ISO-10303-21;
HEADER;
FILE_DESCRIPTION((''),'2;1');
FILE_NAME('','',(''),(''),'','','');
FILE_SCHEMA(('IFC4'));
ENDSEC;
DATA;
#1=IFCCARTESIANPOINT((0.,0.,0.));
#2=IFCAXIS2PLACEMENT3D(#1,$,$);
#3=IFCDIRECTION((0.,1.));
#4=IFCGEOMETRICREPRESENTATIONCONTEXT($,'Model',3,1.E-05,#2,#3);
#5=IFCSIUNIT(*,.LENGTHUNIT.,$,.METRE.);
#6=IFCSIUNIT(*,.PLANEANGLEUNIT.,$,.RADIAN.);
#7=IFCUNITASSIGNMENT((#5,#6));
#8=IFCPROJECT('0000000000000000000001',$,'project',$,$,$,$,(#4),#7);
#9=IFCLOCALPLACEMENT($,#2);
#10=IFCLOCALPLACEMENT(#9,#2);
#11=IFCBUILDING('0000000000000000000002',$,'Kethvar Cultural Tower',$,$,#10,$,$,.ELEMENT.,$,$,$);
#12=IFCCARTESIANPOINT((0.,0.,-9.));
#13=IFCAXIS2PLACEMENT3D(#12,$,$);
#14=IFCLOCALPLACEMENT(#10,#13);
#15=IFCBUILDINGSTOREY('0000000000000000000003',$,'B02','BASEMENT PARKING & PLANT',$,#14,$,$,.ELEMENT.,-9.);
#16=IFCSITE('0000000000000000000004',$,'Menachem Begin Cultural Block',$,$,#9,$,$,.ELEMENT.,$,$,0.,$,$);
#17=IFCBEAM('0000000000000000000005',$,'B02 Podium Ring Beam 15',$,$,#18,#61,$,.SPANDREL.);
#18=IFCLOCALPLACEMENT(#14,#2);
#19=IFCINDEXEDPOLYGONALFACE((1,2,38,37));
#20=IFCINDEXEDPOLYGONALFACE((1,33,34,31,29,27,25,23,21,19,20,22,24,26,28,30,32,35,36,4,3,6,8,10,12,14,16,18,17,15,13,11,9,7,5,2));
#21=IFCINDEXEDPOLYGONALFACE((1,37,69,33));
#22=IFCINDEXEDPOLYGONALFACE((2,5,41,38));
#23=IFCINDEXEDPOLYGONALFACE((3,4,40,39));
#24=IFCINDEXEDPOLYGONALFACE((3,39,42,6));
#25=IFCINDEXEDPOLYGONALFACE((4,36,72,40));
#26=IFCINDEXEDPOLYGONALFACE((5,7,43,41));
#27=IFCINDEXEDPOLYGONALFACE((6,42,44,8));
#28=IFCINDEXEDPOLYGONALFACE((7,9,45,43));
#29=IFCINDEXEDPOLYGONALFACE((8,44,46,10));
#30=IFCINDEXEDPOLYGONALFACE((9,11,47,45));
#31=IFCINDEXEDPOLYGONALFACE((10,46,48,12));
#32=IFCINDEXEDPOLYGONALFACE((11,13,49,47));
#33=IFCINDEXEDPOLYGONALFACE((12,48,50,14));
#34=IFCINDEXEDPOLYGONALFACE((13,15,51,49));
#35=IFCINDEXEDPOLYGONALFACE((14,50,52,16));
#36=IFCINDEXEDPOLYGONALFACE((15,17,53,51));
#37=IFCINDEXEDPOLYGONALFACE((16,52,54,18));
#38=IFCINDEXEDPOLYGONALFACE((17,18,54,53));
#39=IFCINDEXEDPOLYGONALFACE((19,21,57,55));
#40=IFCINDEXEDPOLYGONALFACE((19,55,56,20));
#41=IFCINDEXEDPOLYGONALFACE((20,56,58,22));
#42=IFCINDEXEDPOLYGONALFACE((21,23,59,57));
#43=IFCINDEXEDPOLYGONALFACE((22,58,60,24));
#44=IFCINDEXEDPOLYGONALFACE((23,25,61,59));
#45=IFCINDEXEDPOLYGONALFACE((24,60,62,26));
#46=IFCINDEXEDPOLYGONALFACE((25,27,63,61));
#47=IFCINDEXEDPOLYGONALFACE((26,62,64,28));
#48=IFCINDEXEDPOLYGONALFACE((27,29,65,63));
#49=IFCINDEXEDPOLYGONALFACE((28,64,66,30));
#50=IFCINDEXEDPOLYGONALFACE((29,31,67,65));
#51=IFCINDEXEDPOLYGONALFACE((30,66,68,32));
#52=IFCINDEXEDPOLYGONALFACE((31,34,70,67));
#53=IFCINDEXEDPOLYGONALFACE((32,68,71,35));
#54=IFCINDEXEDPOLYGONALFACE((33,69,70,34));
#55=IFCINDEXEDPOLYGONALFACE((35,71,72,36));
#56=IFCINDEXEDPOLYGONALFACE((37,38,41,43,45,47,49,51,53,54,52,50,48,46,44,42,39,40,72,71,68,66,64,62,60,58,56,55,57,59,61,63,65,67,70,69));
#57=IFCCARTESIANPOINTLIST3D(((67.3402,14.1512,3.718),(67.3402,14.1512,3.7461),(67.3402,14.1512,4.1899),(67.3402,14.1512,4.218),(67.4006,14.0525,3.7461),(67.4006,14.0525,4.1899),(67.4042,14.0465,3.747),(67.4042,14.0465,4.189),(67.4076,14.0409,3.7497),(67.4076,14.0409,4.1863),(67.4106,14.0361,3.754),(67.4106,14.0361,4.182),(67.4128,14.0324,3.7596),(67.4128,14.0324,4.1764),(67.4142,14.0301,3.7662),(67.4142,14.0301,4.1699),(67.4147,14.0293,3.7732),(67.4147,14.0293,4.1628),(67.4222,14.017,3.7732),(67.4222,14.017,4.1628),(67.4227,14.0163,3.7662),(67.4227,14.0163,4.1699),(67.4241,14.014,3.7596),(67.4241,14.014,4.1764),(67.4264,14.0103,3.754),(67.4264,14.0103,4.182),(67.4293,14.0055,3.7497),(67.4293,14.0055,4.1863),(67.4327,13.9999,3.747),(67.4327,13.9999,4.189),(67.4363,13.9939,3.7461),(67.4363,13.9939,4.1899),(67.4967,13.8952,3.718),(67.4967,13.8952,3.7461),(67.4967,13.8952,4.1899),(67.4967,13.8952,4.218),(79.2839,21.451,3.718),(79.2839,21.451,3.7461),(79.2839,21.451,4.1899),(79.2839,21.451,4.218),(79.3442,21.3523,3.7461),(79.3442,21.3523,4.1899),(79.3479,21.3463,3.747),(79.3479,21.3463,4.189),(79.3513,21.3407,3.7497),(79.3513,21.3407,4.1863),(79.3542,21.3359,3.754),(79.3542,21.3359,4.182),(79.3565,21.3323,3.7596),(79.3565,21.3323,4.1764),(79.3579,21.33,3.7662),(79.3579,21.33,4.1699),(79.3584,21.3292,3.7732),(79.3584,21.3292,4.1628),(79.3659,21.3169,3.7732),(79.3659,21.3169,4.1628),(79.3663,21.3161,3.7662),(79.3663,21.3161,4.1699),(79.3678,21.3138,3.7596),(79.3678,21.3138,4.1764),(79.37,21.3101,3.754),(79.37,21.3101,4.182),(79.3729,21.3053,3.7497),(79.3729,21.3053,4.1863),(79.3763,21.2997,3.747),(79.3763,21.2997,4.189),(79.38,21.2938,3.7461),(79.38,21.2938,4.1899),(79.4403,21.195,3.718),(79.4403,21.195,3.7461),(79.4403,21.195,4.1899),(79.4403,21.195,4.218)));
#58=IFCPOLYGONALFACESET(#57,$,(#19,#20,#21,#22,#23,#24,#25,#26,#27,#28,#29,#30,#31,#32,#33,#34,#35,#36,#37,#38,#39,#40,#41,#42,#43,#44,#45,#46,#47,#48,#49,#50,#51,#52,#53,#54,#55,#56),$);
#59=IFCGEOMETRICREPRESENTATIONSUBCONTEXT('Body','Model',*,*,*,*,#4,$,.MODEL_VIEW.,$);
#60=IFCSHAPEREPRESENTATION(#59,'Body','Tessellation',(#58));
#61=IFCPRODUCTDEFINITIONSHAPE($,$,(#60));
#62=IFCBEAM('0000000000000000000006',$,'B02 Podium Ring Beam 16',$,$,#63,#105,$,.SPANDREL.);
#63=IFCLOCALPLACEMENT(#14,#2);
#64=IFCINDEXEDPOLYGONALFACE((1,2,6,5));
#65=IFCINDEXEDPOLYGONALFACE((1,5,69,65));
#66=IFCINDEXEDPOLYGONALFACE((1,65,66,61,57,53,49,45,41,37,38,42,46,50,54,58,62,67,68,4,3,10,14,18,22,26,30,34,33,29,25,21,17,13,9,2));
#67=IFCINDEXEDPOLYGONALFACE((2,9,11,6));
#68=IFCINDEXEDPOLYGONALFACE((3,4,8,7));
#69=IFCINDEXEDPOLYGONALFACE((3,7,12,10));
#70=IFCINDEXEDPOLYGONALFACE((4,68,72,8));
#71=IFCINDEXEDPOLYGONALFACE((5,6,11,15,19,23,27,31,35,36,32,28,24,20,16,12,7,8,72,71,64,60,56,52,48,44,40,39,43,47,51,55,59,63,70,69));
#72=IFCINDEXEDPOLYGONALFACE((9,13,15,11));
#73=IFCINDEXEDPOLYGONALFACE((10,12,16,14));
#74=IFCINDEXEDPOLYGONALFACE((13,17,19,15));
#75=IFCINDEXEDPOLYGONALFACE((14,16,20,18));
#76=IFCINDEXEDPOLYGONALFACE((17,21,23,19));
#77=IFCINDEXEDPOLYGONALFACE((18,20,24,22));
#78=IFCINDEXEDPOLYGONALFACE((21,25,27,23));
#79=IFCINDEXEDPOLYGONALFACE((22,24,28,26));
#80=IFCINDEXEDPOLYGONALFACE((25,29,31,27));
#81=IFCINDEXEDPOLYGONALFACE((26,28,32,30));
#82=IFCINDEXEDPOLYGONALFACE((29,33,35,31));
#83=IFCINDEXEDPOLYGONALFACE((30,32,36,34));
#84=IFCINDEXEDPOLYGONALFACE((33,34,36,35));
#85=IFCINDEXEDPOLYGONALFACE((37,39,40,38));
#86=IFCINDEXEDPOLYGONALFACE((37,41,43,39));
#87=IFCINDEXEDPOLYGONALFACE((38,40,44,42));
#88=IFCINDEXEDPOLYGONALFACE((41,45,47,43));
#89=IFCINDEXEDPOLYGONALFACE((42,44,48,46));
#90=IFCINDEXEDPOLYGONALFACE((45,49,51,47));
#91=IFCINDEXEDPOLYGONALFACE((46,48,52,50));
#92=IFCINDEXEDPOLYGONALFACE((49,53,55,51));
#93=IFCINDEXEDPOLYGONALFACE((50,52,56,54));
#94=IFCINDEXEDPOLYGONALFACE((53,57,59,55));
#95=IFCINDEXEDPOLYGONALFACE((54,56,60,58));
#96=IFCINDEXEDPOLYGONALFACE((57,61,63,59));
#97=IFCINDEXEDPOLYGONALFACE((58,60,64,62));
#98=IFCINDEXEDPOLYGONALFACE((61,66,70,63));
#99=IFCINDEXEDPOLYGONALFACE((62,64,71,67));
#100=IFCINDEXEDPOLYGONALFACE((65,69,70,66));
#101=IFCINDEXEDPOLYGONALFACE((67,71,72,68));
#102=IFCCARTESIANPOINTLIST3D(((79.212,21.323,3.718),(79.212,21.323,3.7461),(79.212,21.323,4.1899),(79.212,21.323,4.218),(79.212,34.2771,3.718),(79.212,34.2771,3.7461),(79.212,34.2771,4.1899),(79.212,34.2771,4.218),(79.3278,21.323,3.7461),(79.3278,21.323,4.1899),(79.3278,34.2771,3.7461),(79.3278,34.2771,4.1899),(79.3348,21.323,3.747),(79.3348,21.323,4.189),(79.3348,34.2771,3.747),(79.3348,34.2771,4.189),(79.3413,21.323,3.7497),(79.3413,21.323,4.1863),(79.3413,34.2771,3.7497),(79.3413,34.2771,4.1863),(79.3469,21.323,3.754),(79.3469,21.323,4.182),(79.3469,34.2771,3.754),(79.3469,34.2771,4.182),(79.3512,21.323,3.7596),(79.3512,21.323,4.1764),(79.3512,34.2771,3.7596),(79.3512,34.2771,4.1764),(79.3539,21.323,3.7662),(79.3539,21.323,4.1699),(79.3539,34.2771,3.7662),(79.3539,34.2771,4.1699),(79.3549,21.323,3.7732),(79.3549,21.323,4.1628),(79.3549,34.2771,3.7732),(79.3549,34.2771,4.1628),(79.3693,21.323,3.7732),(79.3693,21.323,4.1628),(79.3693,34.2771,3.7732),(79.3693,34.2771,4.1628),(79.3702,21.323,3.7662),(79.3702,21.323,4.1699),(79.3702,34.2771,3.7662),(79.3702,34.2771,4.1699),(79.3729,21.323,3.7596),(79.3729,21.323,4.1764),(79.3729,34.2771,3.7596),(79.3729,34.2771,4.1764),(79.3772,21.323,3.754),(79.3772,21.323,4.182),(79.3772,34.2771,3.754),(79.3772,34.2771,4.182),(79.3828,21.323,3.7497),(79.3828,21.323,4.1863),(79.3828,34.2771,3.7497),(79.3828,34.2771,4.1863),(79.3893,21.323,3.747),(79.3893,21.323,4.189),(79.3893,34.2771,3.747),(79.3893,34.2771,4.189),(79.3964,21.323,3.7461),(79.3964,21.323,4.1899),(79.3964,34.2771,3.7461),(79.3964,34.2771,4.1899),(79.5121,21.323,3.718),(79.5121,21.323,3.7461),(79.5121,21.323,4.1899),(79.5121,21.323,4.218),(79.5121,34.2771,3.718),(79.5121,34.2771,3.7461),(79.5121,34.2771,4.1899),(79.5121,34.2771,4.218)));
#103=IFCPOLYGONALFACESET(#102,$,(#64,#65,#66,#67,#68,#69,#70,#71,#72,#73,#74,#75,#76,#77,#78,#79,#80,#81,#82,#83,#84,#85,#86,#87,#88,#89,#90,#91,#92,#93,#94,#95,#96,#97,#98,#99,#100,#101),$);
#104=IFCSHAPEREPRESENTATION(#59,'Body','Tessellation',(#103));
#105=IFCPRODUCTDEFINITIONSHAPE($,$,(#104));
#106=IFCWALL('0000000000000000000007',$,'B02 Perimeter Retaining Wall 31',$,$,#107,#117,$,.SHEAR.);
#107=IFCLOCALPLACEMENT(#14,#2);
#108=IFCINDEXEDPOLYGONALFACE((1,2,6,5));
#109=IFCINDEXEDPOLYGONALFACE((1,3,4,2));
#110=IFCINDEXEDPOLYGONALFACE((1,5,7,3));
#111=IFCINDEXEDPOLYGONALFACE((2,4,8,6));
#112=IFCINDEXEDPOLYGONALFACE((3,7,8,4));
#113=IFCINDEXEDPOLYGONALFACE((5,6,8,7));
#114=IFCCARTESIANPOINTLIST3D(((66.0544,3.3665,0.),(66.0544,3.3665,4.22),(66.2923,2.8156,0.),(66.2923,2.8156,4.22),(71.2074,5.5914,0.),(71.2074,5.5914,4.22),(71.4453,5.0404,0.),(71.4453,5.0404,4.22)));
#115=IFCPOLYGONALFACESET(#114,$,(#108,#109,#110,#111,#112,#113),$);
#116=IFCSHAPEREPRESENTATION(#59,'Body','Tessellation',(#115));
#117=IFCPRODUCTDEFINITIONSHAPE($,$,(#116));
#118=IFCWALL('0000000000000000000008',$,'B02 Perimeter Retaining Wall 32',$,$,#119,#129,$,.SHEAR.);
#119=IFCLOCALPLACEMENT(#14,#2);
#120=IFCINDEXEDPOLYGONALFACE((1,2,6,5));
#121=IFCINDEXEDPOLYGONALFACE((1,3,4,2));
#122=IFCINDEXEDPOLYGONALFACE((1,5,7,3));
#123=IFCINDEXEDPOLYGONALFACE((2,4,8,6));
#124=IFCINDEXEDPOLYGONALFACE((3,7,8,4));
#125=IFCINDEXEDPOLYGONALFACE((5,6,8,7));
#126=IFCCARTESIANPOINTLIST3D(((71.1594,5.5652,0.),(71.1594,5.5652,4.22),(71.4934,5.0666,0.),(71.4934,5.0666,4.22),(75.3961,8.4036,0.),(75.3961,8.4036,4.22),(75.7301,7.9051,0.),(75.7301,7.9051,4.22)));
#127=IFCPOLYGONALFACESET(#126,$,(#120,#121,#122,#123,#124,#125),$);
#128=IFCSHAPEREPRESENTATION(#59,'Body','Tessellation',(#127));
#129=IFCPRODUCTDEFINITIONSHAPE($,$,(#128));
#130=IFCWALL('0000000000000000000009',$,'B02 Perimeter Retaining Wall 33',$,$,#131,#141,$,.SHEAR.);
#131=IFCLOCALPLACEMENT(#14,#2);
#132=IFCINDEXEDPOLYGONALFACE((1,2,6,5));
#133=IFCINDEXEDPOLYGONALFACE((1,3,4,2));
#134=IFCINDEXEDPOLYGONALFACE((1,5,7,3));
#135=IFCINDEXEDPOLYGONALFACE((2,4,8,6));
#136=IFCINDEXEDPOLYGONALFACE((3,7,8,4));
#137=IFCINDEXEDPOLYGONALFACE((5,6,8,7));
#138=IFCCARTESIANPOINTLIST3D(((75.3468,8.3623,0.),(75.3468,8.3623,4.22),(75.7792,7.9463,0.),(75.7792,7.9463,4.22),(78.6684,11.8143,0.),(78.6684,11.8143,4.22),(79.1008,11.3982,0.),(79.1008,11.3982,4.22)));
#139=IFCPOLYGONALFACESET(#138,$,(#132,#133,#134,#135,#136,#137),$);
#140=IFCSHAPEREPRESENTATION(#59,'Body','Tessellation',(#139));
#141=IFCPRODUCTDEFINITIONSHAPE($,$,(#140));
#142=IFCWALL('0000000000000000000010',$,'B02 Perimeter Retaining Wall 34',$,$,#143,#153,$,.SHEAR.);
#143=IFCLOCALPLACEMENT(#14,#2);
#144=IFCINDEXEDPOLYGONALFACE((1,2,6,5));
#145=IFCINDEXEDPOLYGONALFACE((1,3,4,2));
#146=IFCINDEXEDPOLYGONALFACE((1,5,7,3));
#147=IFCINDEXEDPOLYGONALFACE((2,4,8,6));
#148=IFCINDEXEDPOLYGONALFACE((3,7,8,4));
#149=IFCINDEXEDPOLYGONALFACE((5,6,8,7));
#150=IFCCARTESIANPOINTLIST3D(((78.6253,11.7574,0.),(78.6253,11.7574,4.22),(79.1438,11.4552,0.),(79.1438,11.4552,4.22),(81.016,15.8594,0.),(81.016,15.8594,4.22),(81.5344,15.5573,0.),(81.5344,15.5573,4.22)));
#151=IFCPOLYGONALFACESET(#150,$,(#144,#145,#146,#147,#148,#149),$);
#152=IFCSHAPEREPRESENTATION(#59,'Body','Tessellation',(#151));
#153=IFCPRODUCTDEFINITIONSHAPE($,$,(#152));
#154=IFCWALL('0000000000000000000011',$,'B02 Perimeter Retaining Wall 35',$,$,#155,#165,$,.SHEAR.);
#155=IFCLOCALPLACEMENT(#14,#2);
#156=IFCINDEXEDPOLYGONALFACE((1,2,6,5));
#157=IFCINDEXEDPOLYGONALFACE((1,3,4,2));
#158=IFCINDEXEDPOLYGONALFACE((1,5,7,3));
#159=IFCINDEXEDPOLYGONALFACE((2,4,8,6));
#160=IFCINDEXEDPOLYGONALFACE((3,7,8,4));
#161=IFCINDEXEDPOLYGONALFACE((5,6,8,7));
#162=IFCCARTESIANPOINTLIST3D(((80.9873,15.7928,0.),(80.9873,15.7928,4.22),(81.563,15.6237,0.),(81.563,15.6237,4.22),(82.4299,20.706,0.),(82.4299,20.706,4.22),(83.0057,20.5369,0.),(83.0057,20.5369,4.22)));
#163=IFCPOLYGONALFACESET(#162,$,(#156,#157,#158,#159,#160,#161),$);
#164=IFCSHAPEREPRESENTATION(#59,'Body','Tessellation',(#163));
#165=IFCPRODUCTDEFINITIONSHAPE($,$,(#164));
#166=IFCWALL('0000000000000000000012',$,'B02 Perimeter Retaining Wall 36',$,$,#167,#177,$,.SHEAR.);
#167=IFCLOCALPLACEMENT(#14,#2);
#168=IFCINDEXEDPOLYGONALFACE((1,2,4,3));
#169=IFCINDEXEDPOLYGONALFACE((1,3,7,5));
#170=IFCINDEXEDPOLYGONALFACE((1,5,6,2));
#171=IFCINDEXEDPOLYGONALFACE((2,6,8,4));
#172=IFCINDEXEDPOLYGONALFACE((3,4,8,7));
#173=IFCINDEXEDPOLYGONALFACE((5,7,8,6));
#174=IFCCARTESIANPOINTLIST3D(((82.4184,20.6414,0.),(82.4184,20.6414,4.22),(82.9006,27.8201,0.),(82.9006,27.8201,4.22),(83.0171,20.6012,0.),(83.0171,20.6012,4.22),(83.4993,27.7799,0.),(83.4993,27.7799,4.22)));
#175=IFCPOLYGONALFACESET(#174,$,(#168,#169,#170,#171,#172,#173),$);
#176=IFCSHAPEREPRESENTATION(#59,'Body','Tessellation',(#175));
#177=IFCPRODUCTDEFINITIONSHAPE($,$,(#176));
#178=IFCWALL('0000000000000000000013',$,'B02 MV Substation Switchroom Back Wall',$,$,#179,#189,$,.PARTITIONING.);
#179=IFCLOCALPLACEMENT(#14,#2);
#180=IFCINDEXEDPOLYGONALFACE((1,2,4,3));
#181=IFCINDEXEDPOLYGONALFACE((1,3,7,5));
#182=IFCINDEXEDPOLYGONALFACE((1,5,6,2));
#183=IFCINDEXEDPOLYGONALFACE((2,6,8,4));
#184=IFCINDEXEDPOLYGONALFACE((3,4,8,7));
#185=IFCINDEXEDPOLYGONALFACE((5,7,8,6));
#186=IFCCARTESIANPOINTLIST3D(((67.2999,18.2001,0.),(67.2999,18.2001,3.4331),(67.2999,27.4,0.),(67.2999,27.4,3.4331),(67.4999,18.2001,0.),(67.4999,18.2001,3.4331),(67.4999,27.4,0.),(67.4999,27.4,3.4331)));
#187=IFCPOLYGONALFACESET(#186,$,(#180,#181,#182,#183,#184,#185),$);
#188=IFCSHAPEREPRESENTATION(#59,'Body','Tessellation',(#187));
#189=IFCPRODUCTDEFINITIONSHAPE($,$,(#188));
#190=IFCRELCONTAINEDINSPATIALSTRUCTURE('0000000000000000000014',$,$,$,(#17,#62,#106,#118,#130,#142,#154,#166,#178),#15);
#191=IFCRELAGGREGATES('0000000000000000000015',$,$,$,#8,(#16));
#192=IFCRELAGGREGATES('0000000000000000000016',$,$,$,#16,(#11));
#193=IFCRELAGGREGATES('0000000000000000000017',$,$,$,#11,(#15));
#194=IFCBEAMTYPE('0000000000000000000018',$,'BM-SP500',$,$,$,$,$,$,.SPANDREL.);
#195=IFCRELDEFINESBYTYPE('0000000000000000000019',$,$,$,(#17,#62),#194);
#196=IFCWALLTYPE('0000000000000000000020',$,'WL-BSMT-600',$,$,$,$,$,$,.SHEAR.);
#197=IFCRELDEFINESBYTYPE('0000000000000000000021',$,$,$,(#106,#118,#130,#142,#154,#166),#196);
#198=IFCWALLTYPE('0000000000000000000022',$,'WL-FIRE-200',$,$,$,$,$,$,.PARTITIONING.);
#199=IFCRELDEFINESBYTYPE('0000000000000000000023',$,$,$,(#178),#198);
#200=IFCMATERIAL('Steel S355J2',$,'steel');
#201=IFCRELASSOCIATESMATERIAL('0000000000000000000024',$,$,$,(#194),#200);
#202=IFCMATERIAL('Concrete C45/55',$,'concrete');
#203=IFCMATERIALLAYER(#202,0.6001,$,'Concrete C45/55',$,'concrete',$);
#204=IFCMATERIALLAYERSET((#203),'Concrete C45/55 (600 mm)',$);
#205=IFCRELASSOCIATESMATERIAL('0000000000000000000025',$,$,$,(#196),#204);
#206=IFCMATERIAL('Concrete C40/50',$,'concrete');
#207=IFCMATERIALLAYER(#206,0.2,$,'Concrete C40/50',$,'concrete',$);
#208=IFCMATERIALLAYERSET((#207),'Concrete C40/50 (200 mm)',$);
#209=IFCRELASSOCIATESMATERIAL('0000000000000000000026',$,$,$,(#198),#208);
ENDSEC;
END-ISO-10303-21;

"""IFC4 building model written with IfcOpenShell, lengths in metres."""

from ifc_helpers import new_model, si_unit, direction, frame, frame_2d, origin, origin_2d, place, context, subcontext, project, spatial, rectangle, i_section, extrude, source, transform, mapped, material, layer, layer_set, material_profile, profile_set, type_object, element, save


model = new_model("IFC4")

# Units and contexts
model_context = context("Model", 3, precision=1e-05, world=origin(), true_north=direction((0.0, 1.0)))
body_context = subcontext(model_context, "Body", "Model", "MODEL_VIEW")
ifc_project = project(units=[si_unit("LENGTHUNIT", "METRE"), si_unit("PLANEANGLEUNIT", "RADIAN")], contexts=[model_context])

# Site, building, storey
site_placement = place(None, origin())
site = spatial("IfcSite", under=ifc_project, at=site_placement, Name="Menachem Begin Cultural Block", CompositionType="ELEMENT", RefElevation=0.0)
building_placement = place(site_placement, origin())
building = spatial("IfcBuilding", under=site, at=building_placement, Name="Kethvar Cultural Tower", CompositionType="ELEMENT")
storey_placement = place(building_placement, frame((0.0, 0.0, -9.0)))
storey = spatial("IfcBuildingStorey", under=building, at=storey_placement, Name="B02", Description="BASEMENT PARKING & PLANT", CompositionType="ELEMENT", Elevation=-9.0)

# Shared definitions
ifc_material_1 = material(Name="Concrete C45/55", Category="concrete")

# Beams
ifc_material_2 = material(Name="Steel S355J2", Category="steel")
ifc_material_profile_1 = material_profile(ifc_material_2, i_section(OverallWidth=0.3, OverallDepth=0.5, WebThickness=0.0144, FlangeThickness=0.0281, FilletRadius=0.0271, at=origin_2d()), Name="Steel S355J2 — HEB500")
ifc_profile_set_1 = profile_set([ifc_material_profile_1], Name="Steel S355J2 — HEB500")
beam_type = type_object("IfcBeamType", Name="BM-SP500", PredefinedType="SPANDREL", material=ifc_profile_set_1)
shared_shape_1 = source(origin(), body_context, "Body", "SweptSolid", [
    extrude(i_section(OverallWidth=0.3, OverallDepth=0.5, WebThickness=0.0144, FlangeThickness=0.0281, FilletRadius=0.0271, at=origin_2d()), origin(), (0.0, 0.0, 1.0), 13.9978),
])
beam_1_placement = place(storey_placement, frame((67.4185, 14.0232, 3.968), z_axis=(0.853252, 0.521499, 0.0), x_axis=(-0.521499, 0.853252, 0.0)))
element("IfcBeam", 1, at=beam_1_placement, inside=storey, type_object=beam_type, Name="B02 Podium Ring Beam 15", PredefinedType="SPANDREL", context=body_context, shape_type="MappedRepresentation", body=[
    mapped(shared_shape_1, transform((0.0, 0.0, 0.0), scale=1.0)),
])
shared_shape_2 = source(origin(), body_context, "Body", "SweptSolid", [
    extrude(i_section(OverallWidth=0.3, OverallDepth=0.5, WebThickness=0.0144, FlangeThickness=0.0281, FilletRadius=0.0271, at=origin_2d()), origin(), (0.0, 0.0, 1.0), 12.9541),
])
beam_2_placement = place(storey_placement, frame((79.3621, 21.323, 3.968), z_axis=(0.0, 1.0, 0.0), x_axis=(-1.0, 0.0, 0.0)))
element("IfcBeam", 2, at=beam_2_placement, inside=storey, type_object=beam_type, Name="B02 Podium Ring Beam 16", PredefinedType="SPANDREL", context=body_context, shape_type="MappedRepresentation", body=[
    mapped(shared_shape_2, transform((0.0, 0.0, 0.0), scale=1.0)),
])

# Walls
ifc_layer_1 = layer(ifc_material_1, 0.6001, Name="Concrete C45/55", Category="concrete")
ifc_layer_set_1 = layer_set([ifc_layer_1], Name="Concrete C45/55 (600 mm)")
wall_type_1 = type_object("IfcWallType", Name="WL-BSMT-600", PredefinedType="SHEAR", material=ifc_layer_set_1)
wall_1_placement = place(storey_placement, frame((66.1733, 3.0911, 0.0), z_axis=(0.0, 0.0, 1.0), x_axis=(0.918084, 0.396385, 0.0)))
element("IfcWall", 3, at=wall_1_placement, inside=storey, type_object=wall_type_1, Name="B02 Perimeter Retaining Wall 31", PredefinedType="SHEAR", context=body_context, shape_type="SweptSolid", body=[
    extrude(rectangle(XDim=5.6128, YDim=0.6001, at=frame_2d((2.8064, 0.0))), origin(), (0.0, 0.0, 1.0), 4.22),
])
wall_2_placement = place(storey_placement, frame((71.3264, 5.3159, 0.0), z_axis=(0.0, 0.0, 1.0), x_axis=(0.830781, 0.556599, 0.0)))
element("IfcWall", 4, at=wall_2_placement, inside=storey, type_object=wall_type_1, Name="B02 Perimeter Retaining Wall 32", PredefinedType="SHEAR", context=body_context, shape_type="SweptSolid", body=[
    extrude(rectangle(XDim=5.0996, YDim=0.6001, at=frame_2d((2.5498, 0.0))), origin(), (0.0, 0.0, 1.0), 4.22),
])
wall_3_placement = place(storey_placement, frame((75.563, 8.1543, 0.0), z_axis=(0.0, 0.0, 1.0), x_axis=(0.693368, 0.720583, 0.0)))
element("IfcWall", 5, at=wall_3_placement, inside=storey, type_object=wall_type_1, Name="B02 Perimeter Retaining Wall 33", PredefinedType="SHEAR", context=body_context, shape_type="SweptSolid", body=[
    extrude(rectangle(XDim=4.7905, YDim=0.6001, at=frame_2d((2.3953, 0.0))), origin(), (0.0, 0.0, 1.0), 4.22),
])
wall_4_placement = place(storey_placement, frame((78.8845, 11.6062, 0.0), z_axis=(0.0, 0.0, 1.0), x_axis=(0.503519, 0.863984, 0.0)))
element("IfcWall", 6, at=wall_4_placement, inside=storey, type_object=wall_type_1, Name="B02 Perimeter Retaining Wall 34", PredefinedType="SHEAR", context=body_context, shape_type="SweptSolid", body=[
    extrude(rectangle(XDim=4.7478, YDim=0.6001, at=frame_2d((2.374, 0.0))), origin(), (0.0, 0.0, 1.0), 4.22),
])
wall_5_placement = place(storey_placement, frame((81.2751, 15.7083, 0.0), z_axis=(0.0, 0.0, 1.0), x_axis=(0.281735, 0.959492, 0.0)))
element("IfcWall", 7, at=wall_5_placement, inside=storey, type_object=wall_type_1, Name="B02 Perimeter Retaining Wall 35", PredefinedType="SHEAR", context=body_context, shape_type="SweptSolid", body=[
    extrude(rectangle(XDim=5.1206, YDim=0.6001, at=frame_2d((2.5603, 0.0))), origin(), (0.0, 0.0, 1.0), 4.22),
])
wall_6_placement = place(storey_placement, frame((82.7178, 20.6213, 0.0), z_axis=(0.0, 0.0, 1.0), x_axis=(0.067017, 0.997752, 0.0)))
element("IfcWall", 8, at=wall_6_placement, inside=storey, type_object=wall_type_1, Name="B02 Perimeter Retaining Wall 36", PredefinedType="SHEAR", context=body_context, shape_type="SweptSolid", body=[
    extrude(rectangle(XDim=7.1948, YDim=0.6001, at=frame_2d((3.5974, 0.0))), origin(), (0.0, 0.0, 1.0), 4.22),
])
ifc_material_3 = material(Name="Concrete C40/50", Category="concrete")
ifc_layer_2 = layer(ifc_material_3, 0.2, Name="Concrete C40/50", Category="concrete")
ifc_layer_set_2 = layer_set([ifc_layer_2], Name="Concrete C40/50 (200 mm)")
wall_type_2 = type_object("IfcWallType", Name="WL-FIRE-200", PredefinedType="PARTITIONING", material=ifc_layer_set_2)
wall_7_placement = place(storey_placement, frame((67.3999, 18.2, 0.0), z_axis=(0.0, 0.0, 1.0), x_axis=(0.0, 1.0, 0.0)))
element("IfcWall", 9, at=wall_7_placement, inside=storey, type_object=wall_type_2, Name="B02 MV Substation Switchroom Back Wall", PredefinedType="PARTITIONING", context=body_context, shape_type="SweptSolid", body=[
    extrude(rectangle(XDim=9.2, YDim=0.2, at=frame_2d((4.6001, 0.0))), origin(), (0.0, 0.0, 1.0), 3.4331),
])

save(model, "model.ifc")
